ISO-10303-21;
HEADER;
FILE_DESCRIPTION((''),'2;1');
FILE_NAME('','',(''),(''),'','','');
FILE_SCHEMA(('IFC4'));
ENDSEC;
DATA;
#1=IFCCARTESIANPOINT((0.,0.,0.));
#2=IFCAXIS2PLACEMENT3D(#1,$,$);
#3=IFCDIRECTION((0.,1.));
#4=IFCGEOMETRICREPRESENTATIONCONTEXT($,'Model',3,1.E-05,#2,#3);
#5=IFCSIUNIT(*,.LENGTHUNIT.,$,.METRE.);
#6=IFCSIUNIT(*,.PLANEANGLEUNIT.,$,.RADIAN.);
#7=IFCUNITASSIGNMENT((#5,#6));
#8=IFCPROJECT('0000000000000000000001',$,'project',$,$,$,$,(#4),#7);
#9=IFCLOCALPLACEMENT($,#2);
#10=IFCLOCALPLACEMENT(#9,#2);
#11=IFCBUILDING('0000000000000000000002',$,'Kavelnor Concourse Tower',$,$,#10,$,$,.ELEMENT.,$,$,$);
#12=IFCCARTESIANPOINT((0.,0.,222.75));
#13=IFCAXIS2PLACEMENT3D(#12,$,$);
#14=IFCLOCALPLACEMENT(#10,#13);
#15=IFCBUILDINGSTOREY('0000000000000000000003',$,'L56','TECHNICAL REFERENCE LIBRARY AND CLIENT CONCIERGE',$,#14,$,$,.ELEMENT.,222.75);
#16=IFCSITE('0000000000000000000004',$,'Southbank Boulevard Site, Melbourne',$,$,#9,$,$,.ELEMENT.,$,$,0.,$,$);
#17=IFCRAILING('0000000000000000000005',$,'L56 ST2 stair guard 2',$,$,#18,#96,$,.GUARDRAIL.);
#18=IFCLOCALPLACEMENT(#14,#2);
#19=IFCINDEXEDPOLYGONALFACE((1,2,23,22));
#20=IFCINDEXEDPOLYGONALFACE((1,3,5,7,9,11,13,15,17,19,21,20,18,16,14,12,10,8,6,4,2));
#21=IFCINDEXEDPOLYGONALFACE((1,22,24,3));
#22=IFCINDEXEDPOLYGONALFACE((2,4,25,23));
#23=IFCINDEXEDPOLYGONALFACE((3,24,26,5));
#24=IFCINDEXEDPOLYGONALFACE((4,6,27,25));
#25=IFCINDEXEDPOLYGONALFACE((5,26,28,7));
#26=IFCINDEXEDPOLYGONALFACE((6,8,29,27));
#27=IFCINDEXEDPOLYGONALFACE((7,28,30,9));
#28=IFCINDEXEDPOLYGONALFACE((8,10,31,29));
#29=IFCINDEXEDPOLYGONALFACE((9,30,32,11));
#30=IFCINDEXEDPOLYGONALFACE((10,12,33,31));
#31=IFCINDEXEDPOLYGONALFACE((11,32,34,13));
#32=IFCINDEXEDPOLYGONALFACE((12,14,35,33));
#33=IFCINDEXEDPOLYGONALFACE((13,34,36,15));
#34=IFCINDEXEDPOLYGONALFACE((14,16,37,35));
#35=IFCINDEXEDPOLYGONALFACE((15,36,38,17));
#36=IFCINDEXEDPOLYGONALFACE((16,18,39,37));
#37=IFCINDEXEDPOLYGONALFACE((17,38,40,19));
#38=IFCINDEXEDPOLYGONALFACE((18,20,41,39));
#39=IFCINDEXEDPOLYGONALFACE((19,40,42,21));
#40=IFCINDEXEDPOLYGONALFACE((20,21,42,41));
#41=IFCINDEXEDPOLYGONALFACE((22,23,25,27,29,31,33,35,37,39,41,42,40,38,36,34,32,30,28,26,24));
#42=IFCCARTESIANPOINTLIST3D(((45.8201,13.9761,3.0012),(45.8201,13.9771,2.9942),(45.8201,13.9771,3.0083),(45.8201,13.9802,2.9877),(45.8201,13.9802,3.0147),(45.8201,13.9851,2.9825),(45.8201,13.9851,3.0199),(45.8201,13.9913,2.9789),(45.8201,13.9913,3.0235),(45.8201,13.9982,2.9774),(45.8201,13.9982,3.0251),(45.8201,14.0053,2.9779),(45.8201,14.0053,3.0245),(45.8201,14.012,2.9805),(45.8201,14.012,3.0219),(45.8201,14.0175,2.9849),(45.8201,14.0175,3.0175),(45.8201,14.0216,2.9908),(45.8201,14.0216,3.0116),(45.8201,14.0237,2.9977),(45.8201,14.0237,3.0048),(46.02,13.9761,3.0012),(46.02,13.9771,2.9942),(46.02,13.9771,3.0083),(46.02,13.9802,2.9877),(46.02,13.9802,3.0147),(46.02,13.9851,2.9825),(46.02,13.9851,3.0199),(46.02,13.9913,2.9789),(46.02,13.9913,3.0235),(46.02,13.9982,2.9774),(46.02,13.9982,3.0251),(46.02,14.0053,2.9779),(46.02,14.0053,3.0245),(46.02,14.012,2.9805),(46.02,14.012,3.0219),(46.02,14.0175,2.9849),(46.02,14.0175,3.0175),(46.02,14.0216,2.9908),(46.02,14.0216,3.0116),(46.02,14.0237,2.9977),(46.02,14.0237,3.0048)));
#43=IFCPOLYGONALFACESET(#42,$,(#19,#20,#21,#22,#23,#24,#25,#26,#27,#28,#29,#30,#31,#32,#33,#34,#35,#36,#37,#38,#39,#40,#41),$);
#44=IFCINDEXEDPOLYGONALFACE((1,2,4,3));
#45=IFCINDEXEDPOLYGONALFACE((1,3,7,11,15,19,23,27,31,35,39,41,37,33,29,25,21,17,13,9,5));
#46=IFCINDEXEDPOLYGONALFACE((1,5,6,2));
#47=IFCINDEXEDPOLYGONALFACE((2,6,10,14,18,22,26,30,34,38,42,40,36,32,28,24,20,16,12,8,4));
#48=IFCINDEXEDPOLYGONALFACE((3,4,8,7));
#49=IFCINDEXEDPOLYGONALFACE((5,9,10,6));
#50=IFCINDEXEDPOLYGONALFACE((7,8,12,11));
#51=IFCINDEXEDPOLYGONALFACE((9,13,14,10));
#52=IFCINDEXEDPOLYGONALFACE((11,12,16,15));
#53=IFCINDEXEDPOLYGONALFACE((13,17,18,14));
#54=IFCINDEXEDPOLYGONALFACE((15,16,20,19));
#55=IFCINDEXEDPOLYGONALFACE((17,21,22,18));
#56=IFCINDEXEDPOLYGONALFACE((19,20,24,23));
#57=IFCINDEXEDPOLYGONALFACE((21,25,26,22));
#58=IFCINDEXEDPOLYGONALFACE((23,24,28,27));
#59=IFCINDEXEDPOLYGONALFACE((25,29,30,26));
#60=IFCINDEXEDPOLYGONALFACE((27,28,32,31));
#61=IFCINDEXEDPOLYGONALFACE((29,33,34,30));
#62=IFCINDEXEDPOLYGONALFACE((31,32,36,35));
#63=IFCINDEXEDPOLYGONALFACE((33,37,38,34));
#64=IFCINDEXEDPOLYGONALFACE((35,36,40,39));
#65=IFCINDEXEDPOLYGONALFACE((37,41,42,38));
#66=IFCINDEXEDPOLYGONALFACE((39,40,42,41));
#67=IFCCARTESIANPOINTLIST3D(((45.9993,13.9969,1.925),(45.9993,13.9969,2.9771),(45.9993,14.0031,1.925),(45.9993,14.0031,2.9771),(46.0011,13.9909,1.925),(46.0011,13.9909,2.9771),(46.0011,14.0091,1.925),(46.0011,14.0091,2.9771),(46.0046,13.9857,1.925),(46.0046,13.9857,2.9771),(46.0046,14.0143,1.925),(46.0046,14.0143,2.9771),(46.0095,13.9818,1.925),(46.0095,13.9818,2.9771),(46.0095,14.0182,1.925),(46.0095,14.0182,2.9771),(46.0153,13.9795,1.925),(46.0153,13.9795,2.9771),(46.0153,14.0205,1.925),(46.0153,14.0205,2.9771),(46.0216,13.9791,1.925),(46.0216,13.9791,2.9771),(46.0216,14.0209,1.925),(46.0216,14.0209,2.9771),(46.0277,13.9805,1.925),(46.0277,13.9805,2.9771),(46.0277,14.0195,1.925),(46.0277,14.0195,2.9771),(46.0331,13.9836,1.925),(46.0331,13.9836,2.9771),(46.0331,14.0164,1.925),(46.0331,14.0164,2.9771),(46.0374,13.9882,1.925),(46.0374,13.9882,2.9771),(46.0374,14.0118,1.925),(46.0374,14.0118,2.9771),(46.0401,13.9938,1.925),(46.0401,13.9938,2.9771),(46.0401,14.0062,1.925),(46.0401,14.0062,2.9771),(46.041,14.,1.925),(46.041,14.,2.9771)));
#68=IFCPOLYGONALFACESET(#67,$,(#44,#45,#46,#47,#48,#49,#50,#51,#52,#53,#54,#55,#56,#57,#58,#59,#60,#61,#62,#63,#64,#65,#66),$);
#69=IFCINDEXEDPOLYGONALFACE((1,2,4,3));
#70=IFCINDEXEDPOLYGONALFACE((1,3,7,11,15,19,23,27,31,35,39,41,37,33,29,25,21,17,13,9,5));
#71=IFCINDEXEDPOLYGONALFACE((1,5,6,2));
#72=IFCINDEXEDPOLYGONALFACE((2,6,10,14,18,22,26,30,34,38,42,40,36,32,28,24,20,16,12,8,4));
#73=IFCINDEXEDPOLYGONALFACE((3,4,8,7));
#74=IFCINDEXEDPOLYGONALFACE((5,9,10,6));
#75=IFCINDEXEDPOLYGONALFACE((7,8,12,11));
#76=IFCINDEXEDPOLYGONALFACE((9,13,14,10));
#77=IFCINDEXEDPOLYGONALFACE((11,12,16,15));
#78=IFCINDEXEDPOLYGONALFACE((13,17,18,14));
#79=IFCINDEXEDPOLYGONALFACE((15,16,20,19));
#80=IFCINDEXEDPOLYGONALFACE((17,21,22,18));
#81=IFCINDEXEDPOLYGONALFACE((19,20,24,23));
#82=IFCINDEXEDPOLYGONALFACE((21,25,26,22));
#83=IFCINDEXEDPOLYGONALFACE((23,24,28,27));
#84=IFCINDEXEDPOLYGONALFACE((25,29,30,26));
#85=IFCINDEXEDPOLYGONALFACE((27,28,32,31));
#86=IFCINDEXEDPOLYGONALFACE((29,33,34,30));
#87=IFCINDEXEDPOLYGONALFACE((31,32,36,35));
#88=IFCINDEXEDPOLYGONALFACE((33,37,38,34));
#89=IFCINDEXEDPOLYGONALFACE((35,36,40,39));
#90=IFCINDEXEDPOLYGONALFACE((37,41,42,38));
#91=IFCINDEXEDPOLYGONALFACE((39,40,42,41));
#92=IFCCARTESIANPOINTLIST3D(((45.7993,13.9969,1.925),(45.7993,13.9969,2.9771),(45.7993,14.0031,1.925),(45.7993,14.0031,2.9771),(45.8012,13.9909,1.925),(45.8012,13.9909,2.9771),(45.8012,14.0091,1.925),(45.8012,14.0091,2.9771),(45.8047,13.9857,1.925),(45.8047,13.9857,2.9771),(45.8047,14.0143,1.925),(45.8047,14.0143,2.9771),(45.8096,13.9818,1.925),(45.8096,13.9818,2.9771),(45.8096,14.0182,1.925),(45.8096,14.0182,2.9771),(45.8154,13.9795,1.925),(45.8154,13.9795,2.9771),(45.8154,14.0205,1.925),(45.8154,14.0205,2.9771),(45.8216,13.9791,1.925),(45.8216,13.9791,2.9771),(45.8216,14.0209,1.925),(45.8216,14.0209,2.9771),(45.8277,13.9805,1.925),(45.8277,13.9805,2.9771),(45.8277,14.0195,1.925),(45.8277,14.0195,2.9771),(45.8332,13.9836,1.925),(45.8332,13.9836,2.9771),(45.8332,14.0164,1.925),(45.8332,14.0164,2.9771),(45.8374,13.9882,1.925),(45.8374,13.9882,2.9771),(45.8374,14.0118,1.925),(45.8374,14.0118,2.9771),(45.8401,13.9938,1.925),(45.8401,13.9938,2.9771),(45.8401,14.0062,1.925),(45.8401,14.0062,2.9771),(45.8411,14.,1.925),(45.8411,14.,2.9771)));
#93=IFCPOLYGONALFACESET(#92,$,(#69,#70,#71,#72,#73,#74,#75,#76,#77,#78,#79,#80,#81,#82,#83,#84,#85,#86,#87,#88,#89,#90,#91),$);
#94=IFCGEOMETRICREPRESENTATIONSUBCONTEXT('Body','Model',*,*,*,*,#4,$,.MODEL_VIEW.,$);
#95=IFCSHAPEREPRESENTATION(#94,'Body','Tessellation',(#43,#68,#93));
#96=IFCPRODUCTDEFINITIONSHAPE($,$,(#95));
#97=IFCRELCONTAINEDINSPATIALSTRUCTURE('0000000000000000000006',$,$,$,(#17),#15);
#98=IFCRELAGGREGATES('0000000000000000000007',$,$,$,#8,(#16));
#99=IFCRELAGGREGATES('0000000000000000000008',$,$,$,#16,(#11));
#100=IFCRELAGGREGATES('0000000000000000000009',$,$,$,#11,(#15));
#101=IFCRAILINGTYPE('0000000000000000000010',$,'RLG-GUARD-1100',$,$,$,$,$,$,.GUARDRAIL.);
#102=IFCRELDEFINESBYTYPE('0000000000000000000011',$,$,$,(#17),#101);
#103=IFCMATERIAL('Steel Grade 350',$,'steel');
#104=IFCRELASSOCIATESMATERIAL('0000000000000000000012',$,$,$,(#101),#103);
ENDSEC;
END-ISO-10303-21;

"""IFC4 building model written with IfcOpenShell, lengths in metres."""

from ifc_helpers import new_model, si_unit, direction, frame, origin, origin_2d, place, context, subcontext, project, spatial, circle, extrude, material, type_object, element, save


model = new_model("IFC4")

# Units and contexts
model_context = context("Model", 3, precision=1e-05, world=origin(), true_north=direction((0.0, 1.0)))
body_context = subcontext(model_context, "Body", "Model", "MODEL_VIEW")
ifc_project = project(units=[si_unit("LENGTHUNIT", "METRE"), si_unit("PLANEANGLEUNIT", "RADIAN")], contexts=[model_context])

# Site, building, storey
site_placement = place(None, origin())
site = spatial("IfcSite", under=ifc_project, at=site_placement, Name="Southbank Boulevard Site, Melbourne", CompositionType="ELEMENT", RefElevation=0.0)
building_placement = place(site_placement, origin())
building = spatial("IfcBuilding", under=site, at=building_placement, Name="Kavelnor Concourse Tower", CompositionType="ELEMENT")
storey_placement = place(building_placement, frame((0.0, 0.0, 222.75)))
storey = spatial("IfcBuildingStorey", under=building, at=storey_placement, Name="L56", Description="TECHNICAL REFERENCE LIBRARY AND CLIENT CONCIERGE", CompositionType="ELEMENT", Elevation=222.75)

# Shared definitions
ifc_material_1 = material(Name="Steel Grade 350", Category="steel")

# Railing
railing_type_1 = type_object("IfcRailingType", Name="RLG-GUARD-1100", PredefinedType="GUARDRAIL", material=ifc_material_1)
railing_1_placement = place(storey_placement, frame((46.02, 14.0, 1.925)))
element("IfcRailing", 1, at=railing_1_placement, inside=storey, type_object=railing_type_1, Name="L56 ST2 stair guard 2", PredefinedType="GUARDRAIL", context=body_context, shape_type="SweptSolid", body=[
    extrude(circle(Radius=0.0239, at=origin_2d()), frame((0.0, 0.0, 1.0762), z_axis=(-1.0, 0.0, 0.0), x_axis=(0.0, -1.0, 0.0)), (0.0, 0.0, 1.0), 0.2),
    extrude(circle(Radius=0.021, at=origin_2d()), origin(), (0.0, 0.0, 1.0), 1.052),
    extrude(circle(Radius=0.021, at=origin_2d()), frame((-0.2, 0.0, 0.0)), (0.0, 0.0, 1.0), 1.052),
])

save(model, "model.ifc")
